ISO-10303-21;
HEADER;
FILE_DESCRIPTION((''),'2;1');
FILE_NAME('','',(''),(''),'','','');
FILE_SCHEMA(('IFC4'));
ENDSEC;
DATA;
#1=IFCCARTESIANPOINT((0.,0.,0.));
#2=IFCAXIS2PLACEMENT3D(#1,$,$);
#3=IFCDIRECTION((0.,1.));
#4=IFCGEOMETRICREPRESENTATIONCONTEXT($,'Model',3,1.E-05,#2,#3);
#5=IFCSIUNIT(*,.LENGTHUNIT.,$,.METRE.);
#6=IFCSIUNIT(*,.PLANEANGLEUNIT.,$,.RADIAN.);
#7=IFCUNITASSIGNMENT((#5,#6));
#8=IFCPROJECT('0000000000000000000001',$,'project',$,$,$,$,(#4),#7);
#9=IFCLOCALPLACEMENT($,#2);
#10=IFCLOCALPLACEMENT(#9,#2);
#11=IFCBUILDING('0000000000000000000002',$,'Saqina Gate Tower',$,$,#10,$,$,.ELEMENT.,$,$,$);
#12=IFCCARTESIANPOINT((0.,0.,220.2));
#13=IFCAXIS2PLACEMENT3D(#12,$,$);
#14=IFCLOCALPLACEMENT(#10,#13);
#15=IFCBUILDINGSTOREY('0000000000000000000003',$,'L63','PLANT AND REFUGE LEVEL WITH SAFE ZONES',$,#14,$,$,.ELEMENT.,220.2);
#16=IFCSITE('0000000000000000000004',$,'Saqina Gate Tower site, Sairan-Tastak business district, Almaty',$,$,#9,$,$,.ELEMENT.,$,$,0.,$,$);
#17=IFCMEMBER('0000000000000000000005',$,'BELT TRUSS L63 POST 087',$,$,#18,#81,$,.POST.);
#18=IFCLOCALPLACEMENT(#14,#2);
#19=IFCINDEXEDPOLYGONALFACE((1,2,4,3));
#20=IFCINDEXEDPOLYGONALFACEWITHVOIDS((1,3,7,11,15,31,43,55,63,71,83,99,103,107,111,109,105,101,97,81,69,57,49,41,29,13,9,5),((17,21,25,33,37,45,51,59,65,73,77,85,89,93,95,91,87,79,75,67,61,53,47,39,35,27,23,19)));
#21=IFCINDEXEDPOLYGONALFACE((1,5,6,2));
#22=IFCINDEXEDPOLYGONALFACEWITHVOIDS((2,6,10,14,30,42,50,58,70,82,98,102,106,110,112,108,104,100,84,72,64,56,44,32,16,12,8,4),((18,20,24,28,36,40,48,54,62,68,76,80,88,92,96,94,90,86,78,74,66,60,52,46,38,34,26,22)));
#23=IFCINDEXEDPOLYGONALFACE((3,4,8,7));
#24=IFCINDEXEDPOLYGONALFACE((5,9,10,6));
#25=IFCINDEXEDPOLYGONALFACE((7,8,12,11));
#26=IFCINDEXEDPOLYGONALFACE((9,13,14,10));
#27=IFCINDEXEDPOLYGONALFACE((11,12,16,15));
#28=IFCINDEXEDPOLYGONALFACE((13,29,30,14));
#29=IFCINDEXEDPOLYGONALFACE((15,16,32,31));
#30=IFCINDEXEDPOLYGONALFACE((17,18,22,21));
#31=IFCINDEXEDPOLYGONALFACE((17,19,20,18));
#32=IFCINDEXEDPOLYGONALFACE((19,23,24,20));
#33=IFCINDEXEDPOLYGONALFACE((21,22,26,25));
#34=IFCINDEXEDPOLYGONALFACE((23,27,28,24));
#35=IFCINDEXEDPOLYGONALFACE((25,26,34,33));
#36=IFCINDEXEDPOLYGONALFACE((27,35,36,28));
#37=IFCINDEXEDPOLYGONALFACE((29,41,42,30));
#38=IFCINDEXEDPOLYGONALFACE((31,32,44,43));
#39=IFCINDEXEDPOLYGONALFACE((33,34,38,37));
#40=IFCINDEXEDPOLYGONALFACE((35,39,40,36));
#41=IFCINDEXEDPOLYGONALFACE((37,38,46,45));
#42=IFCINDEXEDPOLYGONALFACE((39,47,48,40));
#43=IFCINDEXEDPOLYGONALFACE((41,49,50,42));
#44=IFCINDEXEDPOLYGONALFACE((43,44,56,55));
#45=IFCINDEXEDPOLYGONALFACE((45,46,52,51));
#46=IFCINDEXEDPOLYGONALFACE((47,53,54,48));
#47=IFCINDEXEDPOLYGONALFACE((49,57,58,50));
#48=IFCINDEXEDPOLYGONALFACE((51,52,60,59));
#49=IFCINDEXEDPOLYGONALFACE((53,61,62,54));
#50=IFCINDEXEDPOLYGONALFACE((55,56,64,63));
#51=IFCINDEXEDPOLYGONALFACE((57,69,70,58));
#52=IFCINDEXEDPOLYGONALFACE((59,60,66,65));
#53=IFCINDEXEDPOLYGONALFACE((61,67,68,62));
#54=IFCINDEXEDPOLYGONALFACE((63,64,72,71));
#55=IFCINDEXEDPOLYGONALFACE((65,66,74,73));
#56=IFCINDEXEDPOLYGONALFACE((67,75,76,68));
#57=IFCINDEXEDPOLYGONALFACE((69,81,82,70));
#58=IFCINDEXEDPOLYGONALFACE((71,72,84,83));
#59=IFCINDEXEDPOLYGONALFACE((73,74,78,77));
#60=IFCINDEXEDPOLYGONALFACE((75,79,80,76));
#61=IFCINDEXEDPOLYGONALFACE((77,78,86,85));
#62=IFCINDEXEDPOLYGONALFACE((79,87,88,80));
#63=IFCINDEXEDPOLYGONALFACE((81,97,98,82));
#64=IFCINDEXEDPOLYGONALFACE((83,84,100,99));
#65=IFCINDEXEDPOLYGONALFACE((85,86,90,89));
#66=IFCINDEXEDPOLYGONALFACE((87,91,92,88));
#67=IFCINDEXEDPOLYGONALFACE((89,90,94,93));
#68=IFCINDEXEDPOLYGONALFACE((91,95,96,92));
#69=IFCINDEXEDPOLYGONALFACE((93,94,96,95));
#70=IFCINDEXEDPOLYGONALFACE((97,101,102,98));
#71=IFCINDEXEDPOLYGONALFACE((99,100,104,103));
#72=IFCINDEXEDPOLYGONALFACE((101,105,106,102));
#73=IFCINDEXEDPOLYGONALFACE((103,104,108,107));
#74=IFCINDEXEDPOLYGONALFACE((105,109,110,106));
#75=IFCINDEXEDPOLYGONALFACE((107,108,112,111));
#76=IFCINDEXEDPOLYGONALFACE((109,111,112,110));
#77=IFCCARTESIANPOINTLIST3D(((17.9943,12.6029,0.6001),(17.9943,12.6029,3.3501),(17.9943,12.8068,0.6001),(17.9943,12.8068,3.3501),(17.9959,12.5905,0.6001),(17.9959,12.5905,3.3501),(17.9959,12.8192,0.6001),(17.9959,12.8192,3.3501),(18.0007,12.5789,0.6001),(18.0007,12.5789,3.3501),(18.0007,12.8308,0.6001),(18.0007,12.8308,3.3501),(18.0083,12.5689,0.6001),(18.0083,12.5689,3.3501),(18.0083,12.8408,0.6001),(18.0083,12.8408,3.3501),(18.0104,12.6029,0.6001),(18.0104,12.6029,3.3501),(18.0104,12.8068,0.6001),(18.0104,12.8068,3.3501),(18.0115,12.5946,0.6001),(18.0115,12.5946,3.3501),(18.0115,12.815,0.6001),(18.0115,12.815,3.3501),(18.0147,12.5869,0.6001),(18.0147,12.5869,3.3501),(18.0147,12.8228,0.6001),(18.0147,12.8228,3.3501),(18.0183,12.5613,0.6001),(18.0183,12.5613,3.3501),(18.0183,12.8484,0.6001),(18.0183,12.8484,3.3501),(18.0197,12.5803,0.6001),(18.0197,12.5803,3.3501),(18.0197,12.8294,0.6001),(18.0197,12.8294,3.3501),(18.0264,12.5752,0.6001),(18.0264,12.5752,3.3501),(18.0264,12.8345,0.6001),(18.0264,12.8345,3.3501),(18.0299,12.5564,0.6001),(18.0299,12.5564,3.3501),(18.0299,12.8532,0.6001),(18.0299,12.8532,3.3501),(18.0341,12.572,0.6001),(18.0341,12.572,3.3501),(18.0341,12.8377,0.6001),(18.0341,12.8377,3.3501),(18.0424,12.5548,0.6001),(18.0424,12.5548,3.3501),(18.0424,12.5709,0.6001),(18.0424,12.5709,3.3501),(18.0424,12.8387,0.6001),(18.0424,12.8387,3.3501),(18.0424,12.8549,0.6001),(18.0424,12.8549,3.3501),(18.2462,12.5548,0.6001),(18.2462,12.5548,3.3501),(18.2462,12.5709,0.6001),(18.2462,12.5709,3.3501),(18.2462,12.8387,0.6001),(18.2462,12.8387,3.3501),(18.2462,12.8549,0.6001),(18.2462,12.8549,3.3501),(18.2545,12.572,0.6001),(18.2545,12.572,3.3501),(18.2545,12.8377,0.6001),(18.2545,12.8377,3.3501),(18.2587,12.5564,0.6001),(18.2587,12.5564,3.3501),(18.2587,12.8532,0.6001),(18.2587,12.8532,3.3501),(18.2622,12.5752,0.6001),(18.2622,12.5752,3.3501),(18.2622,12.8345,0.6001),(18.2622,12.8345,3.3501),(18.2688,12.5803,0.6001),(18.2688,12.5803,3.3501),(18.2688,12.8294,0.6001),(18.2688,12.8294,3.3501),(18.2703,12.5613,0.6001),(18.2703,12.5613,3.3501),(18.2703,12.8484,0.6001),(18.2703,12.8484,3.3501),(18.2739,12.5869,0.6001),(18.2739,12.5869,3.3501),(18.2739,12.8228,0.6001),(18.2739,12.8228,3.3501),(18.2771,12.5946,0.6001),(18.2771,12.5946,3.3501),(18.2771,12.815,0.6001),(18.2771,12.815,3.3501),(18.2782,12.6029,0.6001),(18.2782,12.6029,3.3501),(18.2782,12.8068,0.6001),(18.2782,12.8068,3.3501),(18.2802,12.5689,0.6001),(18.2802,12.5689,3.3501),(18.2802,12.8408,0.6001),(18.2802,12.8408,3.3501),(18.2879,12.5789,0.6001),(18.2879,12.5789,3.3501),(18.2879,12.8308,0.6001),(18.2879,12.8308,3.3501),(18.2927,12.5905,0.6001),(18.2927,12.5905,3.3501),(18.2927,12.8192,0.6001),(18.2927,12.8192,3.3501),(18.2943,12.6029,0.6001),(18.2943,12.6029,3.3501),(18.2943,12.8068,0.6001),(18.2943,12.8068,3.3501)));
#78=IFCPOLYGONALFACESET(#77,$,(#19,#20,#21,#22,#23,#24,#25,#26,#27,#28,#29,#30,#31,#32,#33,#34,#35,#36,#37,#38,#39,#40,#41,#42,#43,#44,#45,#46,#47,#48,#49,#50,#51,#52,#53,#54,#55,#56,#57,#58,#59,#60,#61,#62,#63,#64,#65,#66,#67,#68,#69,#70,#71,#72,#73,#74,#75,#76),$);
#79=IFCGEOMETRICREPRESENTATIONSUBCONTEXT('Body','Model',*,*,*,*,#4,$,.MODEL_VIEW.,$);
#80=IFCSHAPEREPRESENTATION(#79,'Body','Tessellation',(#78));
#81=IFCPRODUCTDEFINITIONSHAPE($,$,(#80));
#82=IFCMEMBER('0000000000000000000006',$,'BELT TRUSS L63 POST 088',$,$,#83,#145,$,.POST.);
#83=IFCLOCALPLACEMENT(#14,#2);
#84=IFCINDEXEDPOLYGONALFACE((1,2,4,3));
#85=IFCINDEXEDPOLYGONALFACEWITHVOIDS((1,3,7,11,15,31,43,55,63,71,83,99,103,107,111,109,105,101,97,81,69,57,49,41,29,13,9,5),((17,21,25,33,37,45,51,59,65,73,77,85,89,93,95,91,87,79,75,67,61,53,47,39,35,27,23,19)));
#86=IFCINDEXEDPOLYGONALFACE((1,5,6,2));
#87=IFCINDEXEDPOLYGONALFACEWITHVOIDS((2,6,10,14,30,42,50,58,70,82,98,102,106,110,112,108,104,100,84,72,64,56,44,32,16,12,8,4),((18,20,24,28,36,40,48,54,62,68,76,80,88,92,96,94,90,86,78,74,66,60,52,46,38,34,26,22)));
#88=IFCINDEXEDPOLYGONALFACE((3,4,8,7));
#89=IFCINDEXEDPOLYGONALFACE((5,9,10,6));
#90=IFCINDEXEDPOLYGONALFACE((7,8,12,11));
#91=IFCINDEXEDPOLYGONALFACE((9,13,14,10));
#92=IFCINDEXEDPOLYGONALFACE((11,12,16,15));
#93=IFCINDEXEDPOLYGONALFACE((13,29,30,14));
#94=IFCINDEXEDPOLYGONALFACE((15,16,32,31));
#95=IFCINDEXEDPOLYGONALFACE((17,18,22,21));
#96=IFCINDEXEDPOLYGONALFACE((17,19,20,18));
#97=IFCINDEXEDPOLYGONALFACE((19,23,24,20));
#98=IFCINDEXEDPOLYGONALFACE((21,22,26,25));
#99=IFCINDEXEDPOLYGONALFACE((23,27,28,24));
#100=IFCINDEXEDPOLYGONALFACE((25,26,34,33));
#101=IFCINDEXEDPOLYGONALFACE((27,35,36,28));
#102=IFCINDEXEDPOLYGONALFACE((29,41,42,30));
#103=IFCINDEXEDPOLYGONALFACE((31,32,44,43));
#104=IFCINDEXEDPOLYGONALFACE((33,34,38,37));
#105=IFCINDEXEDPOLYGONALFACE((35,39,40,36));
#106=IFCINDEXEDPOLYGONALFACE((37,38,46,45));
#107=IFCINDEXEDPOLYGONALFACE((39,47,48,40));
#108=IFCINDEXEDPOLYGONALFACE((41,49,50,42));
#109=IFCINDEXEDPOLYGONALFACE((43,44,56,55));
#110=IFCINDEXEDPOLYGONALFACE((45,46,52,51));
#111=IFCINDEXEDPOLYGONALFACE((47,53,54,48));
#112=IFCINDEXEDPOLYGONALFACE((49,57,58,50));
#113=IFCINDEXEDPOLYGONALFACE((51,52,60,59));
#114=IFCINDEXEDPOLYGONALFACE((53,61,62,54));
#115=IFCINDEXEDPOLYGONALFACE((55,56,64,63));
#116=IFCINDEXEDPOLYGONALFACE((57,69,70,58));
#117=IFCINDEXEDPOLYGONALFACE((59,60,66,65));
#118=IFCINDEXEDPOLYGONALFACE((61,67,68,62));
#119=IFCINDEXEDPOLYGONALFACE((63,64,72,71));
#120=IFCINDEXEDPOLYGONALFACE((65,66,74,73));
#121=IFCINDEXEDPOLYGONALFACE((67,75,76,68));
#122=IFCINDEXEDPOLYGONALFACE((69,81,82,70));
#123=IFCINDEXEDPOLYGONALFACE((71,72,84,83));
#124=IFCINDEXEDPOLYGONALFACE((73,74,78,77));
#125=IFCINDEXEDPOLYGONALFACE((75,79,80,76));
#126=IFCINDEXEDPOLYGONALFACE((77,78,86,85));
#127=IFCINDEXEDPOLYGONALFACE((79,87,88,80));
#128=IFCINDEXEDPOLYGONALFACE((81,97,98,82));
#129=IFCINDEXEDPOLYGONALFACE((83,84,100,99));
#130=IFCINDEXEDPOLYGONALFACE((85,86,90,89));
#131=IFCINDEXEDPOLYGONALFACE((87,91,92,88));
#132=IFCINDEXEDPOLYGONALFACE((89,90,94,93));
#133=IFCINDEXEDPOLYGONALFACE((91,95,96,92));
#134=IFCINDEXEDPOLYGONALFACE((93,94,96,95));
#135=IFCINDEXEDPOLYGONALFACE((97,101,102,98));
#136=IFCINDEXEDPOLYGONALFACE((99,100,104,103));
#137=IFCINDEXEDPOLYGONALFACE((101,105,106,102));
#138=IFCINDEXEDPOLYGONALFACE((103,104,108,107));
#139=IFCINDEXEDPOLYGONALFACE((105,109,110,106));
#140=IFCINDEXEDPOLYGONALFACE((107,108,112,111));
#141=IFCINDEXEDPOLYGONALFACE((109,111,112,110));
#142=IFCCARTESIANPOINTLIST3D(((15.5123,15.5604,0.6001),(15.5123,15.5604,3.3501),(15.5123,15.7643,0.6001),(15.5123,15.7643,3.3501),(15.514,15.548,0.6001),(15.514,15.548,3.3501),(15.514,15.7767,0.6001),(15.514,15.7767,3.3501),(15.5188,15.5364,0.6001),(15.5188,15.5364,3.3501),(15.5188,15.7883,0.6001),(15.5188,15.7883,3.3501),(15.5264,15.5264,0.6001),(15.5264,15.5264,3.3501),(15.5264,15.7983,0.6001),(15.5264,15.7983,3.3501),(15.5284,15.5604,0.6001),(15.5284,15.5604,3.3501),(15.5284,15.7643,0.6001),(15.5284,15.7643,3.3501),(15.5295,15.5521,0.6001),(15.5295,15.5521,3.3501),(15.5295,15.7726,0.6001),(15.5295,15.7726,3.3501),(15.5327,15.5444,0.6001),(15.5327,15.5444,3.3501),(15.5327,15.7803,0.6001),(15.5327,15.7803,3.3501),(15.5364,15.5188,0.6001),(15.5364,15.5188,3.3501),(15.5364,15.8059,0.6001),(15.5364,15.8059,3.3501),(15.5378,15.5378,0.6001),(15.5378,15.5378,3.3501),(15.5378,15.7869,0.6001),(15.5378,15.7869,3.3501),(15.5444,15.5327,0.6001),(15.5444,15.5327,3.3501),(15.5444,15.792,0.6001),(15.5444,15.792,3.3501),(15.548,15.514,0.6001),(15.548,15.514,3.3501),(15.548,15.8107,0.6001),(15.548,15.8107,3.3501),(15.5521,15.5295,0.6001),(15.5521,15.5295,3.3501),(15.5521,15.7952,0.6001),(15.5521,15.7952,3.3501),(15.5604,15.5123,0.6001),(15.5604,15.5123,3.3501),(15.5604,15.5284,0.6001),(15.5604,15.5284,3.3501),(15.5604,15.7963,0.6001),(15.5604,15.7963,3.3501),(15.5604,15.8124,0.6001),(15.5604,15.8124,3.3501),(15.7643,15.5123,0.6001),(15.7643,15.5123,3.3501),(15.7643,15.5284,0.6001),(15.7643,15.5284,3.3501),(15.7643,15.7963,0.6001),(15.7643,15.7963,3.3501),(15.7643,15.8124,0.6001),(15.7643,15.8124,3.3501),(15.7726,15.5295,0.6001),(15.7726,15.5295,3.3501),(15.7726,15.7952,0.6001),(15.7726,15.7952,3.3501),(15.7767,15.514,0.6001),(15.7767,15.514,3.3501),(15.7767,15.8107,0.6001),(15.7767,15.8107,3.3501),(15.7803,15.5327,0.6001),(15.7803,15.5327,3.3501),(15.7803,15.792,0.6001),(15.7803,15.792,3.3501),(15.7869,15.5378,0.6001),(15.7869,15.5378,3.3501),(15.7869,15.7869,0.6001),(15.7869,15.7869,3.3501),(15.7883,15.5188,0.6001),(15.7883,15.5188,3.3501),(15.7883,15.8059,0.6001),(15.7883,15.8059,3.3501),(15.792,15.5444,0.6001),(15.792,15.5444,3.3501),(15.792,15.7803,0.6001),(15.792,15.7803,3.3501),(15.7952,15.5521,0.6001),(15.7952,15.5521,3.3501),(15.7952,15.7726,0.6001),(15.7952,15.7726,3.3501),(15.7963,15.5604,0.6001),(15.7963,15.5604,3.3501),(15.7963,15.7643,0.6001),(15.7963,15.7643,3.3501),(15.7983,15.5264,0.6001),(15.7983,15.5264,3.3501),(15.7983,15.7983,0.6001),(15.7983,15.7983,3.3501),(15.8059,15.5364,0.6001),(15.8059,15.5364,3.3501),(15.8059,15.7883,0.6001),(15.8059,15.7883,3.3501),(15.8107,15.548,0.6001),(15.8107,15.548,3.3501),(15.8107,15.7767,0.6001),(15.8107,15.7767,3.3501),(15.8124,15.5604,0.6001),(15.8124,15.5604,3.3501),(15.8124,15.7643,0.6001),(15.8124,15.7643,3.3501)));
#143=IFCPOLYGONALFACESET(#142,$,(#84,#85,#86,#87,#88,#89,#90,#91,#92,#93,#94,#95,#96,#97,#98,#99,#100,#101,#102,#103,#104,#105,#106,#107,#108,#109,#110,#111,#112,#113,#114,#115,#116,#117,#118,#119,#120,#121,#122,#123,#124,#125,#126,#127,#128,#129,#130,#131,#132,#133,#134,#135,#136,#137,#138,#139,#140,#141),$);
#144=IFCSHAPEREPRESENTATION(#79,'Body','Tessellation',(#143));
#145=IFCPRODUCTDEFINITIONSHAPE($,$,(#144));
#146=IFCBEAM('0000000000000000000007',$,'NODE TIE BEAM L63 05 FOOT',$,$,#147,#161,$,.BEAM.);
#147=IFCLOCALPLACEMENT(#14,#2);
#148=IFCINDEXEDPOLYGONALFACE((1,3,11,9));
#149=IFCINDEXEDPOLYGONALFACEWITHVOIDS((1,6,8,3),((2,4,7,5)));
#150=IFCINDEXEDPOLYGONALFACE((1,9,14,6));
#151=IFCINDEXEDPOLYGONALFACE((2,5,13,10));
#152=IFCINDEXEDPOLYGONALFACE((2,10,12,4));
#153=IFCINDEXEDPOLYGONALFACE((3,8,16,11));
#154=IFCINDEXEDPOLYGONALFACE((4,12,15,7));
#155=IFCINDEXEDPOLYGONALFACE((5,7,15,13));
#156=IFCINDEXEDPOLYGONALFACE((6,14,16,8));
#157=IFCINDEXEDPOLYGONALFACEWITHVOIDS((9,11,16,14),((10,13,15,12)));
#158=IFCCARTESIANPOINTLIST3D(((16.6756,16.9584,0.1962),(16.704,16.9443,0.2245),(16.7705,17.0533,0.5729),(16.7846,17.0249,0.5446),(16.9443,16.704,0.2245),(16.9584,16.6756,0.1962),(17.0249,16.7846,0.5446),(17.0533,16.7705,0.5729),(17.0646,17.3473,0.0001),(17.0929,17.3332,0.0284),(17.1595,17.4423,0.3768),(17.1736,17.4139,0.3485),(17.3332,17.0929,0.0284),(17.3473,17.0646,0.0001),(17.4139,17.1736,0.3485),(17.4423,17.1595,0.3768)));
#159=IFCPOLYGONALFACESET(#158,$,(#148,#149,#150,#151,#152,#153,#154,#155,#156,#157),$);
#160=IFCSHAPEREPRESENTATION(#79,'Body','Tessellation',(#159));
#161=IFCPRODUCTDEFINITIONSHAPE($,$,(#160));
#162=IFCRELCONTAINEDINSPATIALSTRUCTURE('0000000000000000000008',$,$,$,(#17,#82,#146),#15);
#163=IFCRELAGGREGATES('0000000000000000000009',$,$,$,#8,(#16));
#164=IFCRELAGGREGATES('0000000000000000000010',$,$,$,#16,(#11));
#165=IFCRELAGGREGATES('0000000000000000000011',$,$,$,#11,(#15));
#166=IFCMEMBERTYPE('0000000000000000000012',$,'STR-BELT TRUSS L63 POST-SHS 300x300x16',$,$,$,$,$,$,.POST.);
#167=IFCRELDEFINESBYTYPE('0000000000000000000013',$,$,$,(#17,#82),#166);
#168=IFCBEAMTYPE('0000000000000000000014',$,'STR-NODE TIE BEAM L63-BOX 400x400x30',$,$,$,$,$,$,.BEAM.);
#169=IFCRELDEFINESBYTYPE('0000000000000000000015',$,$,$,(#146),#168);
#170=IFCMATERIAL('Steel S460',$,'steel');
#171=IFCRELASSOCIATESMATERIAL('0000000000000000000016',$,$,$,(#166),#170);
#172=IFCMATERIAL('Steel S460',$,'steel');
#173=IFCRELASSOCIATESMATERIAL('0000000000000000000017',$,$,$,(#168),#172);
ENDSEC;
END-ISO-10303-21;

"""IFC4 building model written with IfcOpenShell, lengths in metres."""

from ifc_helpers import new_model, si_unit, direction, frame, origin, origin_2d, place, context, subcontext, project, spatial, hollow_rectangle, extrude, material, material_profile, profile_set, type_object, element, save


model = new_model("IFC4")

# Units and contexts
model_context = context("Model", 3, precision=1e-05, world=origin(), true_north=direction((0.0, 1.0)))
body_context = subcontext(model_context, "Body", "Model", "MODEL_VIEW")
ifc_project = project(units=[si_unit("LENGTHUNIT", "METRE"), si_unit("PLANEANGLEUNIT", "RADIAN")], contexts=[model_context])

# Site, building, storey
site_placement = place(None, origin())
site = spatial("IfcSite", under=ifc_project, at=site_placement, Name="Saqina Gate Tower site, Sairan-Tastak business district, Almaty", CompositionType="ELEMENT", RefElevation=0.0)
building_placement = place(site_placement, origin())
building = spatial("IfcBuilding", under=site, at=building_placement, Name="Saqina Gate Tower", CompositionType="ELEMENT")
storey_placement = place(building_placement, frame((0.0, 0.0, 220.2)))
storey = spatial("IfcBuildingStorey", under=building, at=storey_placement, Name="L63", Description="PLANT AND REFUGE LEVEL WITH SAFE ZONES", CompositionType="ELEMENT", Elevation=220.2)

# Members
ifc_material_1 = material(Name="Steel S460", Category="steel")
ifc_material_profile_1 = material_profile(ifc_material_1, hollow_rectangle(XDim=0.3, YDim=0.3, WallThickness=0.0161, InnerFilletRadius=0.032, OuterFilletRadius=0.0481, at=origin_2d()), Name="SHS 300x300x16")
ifc_profile_set_1 = profile_set([ifc_material_profile_1], Name="Steel S460")
member_type_1 = type_object("IfcMemberType", Name="STR-BELT TRUSS L63 POST-SHS 300x300x16", PredefinedType="POST", material=ifc_profile_set_1)
for number, where, z_axis, x_axis, name in (
    (1, (18.1443, 12.7048, 0.6001), (0.0, 0.0, 1.0), (1.0, 0.0, 0.0), "BELT TRUSS L63 POST 087"),
    (2, (15.6624, 15.6624, 0.6001), (0.0, 0.0, 1.0), (1.0, 0.0, 0.0), "BELT TRUSS L63 POST 088"),
):
    element("IfcMember", number, at=place(storey_placement, frame(where, z_axis=z_axis, x_axis=x_axis)), inside=storey, type_object=member_type_1, Name=name, PredefinedType="POST", context=body_context, shape_type="SweptSolid", body=[
        extrude(hollow_rectangle(XDim=0.3, YDim=0.3, WallThickness=0.0161, InnerFilletRadius=0.032, OuterFilletRadius=0.0481, at=origin_2d()), origin(), (0.0, 0.0, 1.0), 2.75),
    ])

# Beam
ifc_material_2 = material(Name="Steel S460", Category="steel")
ifc_material_profile_2 = material_profile(ifc_material_2, hollow_rectangle(XDim=0.3999, YDim=0.3999, WallThickness=0.03, at=origin_2d()), Name="BOX 400x400x30")
ifc_profile_set_2 = profile_set([ifc_material_profile_2], Name="Steel S460")
beam_type = type_object("IfcBeamType", Name="STR-NODE TIE BEAM L63-BOX 400x400x30", PredefinedType="BEAM", material=ifc_profile_set_2)
beam_placement = place(storey_placement, frame((17.2534, 17.2534, 0.1885), z_axis=(-0.666061, -0.666061, 0.335748), x_axis=(0.707107, -0.707107, 0.0)))
element("IfcBeam", 3, at=beam_placement, inside=storey, type_object=beam_type, Name="NODE TIE BEAM L63 05 FOOT", PredefinedType="BEAM", context=body_context, shape_type="SweptSolid", body=[
    extrude(hollow_rectangle(XDim=0.3999, YDim=0.3999, WallThickness=0.03, at=origin_2d()), origin(), (0.0, 0.0, 1.0), 0.584),
])

save(model, "model.ifc")
